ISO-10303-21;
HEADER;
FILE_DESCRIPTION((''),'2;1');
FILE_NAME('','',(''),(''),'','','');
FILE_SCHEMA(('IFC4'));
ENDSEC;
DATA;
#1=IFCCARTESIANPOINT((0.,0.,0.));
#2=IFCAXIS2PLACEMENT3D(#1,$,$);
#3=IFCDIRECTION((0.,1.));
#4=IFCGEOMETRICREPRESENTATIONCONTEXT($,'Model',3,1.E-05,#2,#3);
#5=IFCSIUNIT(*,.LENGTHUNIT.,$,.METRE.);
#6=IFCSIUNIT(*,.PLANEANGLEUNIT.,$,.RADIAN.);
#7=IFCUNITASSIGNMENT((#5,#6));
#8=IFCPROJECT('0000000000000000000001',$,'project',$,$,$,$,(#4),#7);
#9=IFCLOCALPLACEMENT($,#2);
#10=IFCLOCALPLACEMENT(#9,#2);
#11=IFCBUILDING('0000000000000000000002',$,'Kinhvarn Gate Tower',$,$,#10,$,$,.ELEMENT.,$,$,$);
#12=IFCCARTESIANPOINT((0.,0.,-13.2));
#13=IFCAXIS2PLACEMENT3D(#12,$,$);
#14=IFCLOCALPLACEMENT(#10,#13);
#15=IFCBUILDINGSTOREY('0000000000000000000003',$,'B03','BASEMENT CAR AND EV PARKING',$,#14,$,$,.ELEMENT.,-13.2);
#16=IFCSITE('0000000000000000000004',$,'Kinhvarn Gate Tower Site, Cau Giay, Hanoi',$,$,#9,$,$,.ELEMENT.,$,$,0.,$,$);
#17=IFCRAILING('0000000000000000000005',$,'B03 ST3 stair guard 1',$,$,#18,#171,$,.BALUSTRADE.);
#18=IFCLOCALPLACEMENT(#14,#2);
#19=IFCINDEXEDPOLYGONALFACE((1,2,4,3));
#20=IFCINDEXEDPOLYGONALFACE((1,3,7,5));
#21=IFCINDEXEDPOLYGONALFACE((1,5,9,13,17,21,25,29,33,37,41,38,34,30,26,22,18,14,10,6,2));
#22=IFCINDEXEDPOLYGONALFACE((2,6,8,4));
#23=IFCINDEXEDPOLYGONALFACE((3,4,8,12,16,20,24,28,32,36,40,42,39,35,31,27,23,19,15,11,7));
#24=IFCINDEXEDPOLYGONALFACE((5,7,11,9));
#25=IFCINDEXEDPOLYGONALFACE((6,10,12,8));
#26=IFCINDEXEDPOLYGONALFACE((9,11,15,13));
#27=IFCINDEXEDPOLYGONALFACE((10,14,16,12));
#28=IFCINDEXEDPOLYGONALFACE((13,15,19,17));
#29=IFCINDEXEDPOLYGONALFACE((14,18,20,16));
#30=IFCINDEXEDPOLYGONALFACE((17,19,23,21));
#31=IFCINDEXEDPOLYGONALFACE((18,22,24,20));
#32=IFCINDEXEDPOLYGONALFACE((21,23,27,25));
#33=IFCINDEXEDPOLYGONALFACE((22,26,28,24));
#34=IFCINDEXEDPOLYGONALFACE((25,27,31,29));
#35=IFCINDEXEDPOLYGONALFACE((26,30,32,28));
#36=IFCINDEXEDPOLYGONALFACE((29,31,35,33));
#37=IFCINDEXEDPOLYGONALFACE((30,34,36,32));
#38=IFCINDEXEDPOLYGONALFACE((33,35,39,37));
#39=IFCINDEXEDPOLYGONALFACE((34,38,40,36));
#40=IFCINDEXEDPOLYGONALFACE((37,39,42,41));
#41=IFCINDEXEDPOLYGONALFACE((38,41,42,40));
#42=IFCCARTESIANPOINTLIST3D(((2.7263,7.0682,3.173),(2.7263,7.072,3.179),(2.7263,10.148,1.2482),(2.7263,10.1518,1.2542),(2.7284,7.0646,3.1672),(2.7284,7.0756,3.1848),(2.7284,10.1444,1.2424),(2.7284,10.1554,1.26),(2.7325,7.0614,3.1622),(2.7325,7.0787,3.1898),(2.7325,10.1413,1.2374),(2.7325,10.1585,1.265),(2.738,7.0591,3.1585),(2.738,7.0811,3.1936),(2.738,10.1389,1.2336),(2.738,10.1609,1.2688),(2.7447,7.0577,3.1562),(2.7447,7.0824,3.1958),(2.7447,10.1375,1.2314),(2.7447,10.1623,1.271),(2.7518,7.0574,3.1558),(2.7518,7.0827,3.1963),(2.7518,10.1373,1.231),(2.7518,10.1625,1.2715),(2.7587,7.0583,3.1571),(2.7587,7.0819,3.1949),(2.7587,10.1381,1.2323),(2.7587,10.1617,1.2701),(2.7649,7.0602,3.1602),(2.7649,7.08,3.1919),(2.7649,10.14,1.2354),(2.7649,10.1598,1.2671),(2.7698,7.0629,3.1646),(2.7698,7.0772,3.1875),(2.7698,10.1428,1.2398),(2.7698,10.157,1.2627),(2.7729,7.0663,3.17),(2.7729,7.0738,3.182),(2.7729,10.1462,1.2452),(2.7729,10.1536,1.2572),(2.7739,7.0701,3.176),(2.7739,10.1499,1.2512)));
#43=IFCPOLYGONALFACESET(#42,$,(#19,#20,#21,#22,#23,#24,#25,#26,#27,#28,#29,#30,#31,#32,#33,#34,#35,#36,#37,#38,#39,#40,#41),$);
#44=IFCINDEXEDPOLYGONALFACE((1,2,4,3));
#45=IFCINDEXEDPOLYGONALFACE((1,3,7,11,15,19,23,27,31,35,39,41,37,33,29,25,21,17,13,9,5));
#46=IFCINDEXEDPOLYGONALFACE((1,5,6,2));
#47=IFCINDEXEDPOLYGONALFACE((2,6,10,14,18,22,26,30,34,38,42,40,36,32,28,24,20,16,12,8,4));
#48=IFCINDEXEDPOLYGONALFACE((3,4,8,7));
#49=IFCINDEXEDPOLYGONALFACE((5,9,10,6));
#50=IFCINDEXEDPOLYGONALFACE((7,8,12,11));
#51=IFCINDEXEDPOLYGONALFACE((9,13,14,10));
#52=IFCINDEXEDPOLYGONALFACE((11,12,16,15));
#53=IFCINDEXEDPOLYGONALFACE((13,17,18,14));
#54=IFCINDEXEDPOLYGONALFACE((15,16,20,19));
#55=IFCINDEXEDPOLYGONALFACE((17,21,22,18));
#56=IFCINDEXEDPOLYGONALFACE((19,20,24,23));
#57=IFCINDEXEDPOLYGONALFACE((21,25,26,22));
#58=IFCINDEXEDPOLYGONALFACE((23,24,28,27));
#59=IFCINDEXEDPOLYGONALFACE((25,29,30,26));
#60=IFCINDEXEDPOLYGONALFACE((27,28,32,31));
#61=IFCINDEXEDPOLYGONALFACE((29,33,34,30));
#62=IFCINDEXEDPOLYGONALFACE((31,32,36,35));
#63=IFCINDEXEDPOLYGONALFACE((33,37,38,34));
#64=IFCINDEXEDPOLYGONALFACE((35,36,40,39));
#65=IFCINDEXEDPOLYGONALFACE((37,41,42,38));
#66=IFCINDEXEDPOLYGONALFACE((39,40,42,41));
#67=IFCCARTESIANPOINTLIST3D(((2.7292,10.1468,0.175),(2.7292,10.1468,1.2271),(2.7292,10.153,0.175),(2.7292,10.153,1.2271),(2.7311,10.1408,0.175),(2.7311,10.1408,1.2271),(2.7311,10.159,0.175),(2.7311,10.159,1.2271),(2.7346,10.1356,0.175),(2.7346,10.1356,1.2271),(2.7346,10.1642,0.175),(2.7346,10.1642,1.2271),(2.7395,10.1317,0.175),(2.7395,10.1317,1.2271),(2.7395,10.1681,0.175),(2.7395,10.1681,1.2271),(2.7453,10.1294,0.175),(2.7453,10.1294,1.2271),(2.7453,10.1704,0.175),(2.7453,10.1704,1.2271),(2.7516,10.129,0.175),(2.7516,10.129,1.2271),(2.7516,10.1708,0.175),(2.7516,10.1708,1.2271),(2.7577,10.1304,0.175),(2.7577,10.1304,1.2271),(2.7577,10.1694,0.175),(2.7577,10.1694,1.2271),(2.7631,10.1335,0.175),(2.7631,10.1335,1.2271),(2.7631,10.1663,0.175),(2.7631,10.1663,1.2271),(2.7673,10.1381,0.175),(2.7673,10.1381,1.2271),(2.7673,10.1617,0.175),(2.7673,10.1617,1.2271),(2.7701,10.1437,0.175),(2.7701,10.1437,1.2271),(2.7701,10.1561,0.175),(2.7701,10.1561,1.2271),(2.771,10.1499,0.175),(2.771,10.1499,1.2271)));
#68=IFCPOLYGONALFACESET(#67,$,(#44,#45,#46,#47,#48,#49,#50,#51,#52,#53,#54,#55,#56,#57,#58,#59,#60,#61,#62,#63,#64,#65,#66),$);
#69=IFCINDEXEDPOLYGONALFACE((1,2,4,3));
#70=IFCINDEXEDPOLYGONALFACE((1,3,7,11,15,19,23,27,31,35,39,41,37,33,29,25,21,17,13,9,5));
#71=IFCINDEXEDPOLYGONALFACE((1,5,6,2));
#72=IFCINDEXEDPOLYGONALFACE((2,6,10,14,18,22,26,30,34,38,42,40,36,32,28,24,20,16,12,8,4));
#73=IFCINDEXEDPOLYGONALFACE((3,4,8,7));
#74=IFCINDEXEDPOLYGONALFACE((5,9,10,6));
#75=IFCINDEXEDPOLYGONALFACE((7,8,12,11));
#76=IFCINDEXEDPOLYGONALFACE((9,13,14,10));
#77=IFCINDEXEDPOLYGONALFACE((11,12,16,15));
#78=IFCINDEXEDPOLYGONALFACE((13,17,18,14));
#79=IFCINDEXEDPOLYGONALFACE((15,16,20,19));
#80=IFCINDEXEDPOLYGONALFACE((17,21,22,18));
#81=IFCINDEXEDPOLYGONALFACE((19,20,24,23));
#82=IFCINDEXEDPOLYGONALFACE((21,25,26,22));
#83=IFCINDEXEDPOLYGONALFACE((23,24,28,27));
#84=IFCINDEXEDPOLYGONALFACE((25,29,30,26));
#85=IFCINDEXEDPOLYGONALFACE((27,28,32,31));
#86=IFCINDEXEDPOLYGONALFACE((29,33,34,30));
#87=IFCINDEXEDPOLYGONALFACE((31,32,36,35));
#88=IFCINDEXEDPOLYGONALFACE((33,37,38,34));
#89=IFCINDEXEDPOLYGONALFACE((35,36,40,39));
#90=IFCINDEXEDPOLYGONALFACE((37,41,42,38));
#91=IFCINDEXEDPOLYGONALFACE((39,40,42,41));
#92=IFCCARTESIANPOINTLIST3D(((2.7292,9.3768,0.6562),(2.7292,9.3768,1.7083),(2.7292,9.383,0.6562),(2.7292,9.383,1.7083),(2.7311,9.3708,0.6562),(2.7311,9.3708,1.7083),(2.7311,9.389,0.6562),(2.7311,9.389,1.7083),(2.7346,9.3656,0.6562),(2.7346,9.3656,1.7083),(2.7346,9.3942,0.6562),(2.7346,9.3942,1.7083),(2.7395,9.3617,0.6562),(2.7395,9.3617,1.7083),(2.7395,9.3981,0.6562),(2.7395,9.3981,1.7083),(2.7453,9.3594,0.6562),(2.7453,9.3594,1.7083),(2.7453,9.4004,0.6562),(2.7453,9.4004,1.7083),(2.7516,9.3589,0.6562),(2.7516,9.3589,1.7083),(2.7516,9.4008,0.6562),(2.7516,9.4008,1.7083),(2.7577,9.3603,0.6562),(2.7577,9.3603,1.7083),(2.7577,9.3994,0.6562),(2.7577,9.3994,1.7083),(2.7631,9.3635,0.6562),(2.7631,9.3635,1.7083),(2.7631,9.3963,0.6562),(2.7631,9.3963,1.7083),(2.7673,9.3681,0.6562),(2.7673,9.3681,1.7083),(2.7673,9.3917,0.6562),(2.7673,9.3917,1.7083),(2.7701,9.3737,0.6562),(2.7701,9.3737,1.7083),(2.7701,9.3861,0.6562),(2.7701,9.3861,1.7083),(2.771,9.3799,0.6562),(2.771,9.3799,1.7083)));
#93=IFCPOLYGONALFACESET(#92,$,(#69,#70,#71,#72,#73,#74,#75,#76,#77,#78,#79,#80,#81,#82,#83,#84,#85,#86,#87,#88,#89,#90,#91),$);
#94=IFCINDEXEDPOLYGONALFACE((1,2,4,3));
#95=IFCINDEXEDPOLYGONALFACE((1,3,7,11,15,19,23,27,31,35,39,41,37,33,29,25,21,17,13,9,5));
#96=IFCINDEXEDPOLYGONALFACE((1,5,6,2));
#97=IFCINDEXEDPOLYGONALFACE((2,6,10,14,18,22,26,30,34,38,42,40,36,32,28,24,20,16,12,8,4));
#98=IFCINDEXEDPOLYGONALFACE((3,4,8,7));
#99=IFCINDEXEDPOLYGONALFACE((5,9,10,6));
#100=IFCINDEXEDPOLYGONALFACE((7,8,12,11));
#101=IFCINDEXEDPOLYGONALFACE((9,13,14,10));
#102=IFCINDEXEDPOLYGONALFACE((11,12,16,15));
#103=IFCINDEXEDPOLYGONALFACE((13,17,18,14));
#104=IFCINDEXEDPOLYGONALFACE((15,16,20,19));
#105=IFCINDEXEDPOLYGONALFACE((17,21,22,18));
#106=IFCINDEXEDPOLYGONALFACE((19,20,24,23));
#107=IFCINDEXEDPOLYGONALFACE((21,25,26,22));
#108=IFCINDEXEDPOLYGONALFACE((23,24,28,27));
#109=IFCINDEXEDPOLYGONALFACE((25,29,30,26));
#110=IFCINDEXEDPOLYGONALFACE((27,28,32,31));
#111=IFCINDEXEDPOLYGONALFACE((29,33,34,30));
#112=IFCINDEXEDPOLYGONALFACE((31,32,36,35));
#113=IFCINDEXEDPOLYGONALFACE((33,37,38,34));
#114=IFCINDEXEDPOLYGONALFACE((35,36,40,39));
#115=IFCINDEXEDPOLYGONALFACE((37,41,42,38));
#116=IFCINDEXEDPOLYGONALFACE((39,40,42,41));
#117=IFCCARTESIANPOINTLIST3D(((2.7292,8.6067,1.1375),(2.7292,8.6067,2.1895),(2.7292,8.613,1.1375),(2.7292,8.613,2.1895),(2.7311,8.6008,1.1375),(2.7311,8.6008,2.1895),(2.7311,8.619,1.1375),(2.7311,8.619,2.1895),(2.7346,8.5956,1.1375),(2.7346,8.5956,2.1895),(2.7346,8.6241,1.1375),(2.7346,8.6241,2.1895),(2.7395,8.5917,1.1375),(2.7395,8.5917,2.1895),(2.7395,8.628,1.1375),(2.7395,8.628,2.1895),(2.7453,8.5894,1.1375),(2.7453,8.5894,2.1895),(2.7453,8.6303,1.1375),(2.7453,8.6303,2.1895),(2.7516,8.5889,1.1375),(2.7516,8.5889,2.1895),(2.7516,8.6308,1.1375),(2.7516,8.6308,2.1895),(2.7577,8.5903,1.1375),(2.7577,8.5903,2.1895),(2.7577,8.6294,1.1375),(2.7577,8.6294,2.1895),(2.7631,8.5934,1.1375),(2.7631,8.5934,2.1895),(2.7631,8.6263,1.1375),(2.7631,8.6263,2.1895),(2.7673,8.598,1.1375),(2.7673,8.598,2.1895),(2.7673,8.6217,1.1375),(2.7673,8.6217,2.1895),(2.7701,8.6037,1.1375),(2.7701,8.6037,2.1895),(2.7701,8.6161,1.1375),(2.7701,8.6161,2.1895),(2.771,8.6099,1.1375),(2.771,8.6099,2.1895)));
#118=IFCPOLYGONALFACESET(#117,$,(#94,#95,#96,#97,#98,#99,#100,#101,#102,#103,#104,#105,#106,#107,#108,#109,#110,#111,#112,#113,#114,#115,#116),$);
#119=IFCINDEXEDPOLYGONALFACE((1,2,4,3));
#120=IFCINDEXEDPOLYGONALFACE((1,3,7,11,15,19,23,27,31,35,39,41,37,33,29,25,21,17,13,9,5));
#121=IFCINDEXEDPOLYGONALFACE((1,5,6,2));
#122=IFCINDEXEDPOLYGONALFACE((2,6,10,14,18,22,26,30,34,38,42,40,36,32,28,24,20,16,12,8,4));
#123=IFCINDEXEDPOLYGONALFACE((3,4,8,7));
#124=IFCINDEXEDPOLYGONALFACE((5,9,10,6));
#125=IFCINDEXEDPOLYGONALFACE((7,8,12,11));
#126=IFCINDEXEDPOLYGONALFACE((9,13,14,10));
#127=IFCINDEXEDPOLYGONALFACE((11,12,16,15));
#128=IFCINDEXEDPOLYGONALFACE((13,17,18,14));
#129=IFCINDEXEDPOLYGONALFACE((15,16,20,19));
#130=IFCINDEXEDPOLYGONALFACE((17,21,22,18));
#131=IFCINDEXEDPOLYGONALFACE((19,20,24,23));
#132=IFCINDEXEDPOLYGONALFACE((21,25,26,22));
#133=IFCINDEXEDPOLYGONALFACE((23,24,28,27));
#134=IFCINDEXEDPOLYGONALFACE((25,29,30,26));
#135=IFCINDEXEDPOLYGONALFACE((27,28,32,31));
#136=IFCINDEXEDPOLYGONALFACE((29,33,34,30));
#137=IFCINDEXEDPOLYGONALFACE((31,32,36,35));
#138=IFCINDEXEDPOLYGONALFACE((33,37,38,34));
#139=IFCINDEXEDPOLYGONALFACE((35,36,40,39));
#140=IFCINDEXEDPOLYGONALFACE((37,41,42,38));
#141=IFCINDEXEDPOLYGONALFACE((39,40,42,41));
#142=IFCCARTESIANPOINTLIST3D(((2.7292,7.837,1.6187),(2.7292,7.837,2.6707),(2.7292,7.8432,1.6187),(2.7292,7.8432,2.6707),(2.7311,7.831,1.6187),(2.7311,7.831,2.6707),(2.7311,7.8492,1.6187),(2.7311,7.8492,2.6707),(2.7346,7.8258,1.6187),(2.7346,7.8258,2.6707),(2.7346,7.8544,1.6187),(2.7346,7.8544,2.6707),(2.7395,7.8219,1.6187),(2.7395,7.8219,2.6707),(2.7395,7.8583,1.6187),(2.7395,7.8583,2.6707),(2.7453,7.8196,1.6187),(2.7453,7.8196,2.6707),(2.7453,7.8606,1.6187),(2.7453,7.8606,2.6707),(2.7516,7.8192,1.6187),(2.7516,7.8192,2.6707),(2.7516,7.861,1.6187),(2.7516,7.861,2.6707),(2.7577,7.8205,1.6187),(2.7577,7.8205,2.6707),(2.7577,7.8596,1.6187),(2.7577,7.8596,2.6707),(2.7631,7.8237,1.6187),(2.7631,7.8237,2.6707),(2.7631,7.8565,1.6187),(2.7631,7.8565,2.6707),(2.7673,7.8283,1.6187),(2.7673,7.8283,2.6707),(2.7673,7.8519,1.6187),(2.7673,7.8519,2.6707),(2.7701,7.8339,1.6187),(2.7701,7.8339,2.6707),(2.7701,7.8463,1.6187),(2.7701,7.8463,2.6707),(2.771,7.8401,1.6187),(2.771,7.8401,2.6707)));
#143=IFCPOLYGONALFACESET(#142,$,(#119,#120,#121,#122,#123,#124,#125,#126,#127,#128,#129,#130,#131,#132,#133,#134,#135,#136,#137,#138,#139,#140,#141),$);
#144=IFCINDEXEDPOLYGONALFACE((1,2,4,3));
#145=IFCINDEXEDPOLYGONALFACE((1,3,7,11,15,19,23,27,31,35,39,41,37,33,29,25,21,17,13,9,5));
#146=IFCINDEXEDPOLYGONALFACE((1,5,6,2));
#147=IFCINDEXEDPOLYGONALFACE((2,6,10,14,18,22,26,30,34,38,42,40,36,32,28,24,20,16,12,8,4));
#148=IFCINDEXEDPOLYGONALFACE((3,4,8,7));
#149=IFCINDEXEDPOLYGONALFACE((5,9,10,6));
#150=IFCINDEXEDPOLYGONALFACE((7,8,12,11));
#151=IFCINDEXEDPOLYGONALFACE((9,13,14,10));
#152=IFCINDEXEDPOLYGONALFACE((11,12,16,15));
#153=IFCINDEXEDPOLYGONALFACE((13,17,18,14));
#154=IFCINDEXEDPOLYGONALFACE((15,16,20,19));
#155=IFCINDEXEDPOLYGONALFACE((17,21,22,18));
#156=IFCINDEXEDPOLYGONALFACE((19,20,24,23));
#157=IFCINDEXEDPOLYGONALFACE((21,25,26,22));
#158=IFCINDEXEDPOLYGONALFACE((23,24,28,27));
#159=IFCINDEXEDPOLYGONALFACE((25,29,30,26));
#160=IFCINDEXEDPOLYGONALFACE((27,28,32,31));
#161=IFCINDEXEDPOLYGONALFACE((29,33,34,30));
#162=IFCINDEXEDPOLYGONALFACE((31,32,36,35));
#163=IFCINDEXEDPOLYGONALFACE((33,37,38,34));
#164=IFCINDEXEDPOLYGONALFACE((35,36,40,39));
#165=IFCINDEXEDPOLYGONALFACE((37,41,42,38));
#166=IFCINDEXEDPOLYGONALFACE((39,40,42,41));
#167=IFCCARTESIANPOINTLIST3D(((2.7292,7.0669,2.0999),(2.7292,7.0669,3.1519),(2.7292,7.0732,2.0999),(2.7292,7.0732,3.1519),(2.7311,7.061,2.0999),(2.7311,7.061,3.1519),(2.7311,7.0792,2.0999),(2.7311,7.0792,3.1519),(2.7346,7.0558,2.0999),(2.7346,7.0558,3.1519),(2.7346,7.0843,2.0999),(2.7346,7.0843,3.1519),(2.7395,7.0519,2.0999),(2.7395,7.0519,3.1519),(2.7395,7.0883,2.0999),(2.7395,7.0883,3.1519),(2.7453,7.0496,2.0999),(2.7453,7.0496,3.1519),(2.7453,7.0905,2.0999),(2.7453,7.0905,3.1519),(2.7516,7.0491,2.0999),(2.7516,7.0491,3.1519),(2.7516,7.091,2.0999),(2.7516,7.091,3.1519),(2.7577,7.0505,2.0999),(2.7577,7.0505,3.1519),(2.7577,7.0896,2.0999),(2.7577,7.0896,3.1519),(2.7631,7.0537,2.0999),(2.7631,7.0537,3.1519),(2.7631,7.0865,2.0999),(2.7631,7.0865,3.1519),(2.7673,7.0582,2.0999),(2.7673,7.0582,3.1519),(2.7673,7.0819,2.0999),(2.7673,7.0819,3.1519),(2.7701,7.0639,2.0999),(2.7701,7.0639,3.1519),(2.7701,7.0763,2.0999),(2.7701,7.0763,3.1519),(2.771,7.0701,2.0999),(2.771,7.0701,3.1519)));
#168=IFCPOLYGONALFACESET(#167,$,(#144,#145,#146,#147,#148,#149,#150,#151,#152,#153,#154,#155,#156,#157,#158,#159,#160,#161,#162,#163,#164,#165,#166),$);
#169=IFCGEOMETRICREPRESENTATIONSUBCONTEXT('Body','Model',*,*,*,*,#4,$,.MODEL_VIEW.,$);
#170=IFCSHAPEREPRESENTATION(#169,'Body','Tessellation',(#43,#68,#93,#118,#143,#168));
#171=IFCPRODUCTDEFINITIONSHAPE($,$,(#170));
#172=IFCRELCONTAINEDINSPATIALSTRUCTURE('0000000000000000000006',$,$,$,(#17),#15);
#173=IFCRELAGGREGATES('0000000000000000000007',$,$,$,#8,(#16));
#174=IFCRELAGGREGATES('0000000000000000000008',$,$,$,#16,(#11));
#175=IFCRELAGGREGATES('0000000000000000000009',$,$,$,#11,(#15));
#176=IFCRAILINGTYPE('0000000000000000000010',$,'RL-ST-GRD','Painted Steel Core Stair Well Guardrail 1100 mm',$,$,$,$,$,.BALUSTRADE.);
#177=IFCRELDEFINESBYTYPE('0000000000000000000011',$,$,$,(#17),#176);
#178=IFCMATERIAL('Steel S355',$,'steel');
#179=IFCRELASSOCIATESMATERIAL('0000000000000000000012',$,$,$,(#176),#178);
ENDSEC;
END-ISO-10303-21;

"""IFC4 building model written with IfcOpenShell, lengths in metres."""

from ifc_helpers import new_model, si_unit, direction, frame, origin, origin_2d, place, context, subcontext, project, spatial, circle, extrude, material, type_object, element, save


model = new_model("IFC4")

# Units and contexts
model_context = context("Model", 3, precision=1e-05, world=origin(), true_north=direction((0.0, 1.0)))
body_context = subcontext(model_context, "Body", "Model", "MODEL_VIEW")
ifc_project = project(units=[si_unit("LENGTHUNIT", "METRE"), si_unit("PLANEANGLEUNIT", "RADIAN")], contexts=[model_context])

# Site, building, storey
site_placement = place(None, origin())
site = spatial("IfcSite", under=ifc_project, at=site_placement, Name="Kinhvarn Gate Tower Site, Cau Giay, Hanoi", CompositionType="ELEMENT", RefElevation=0.0)
building_placement = place(site_placement, origin())
building = spatial("IfcBuilding", under=site, at=building_placement, Name="Kinhvarn Gate Tower", CompositionType="ELEMENT")
storey_placement = place(building_placement, frame((0.0, 0.0, -13.2)))
storey = spatial("IfcBuildingStorey", under=building, at=storey_placement, Name="B03", Description="BASEMENT CAR AND EV PARKING", CompositionType="ELEMENT", Elevation=-13.2)

# Shared definitions
ifc_material_1 = material(Name="Steel S355", Category="steel")

# Railing
railing_type_1 = type_object("IfcRailingType", Name="RL-ST-GRD", Description="Painted Steel Core Stair Well Guardrail 1100 mm", PredefinedType="BALUSTRADE", material=ifc_material_1)
railing_1_placement = place(storey_placement, frame((2.75, 10.1499, 0.175)))
element("IfcRailing", 1, at=railing_1_placement, inside=storey, type_object=railing_type_1, Name="B03 ST3 stair guard 1", PredefinedType="BALUSTRADE", context=body_context, shape_type="SweptSolid", body=[
    extrude(circle(Radius=0.0239, at=origin_2d()), frame((0.0, 0.0, 1.0762), z_axis=(0.0, -0.84801, 0.529981), x_axis=(1.0, 0.0, 0.0)), (0.0, 0.0, 1.0), 3.6318),
    extrude(circle(Radius=0.021, at=origin_2d()), origin(), (0.0, 0.0, 1.0), 1.052),
    extrude(circle(Radius=0.021, at=origin_2d()), frame((0.0, -0.77, 0.4812)), (0.0, 0.0, 1.0), 1.052),
    extrude(circle(Radius=0.021, at=origin_2d()), frame((0.0, -1.54, 0.9624)), (0.0, 0.0, 1.0), 1.052),
    extrude(circle(Radius=0.021, at=origin_2d()), frame((0.0, -2.3098, 1.4436)), (0.0, 0.0, 1.0), 1.052),
    extrude(circle(Radius=0.021, at=origin_2d()), frame((0.0, -3.0798, 1.9248)), (0.0, 0.0, 1.0), 1.052),
])

save(model, "model.ifc")
